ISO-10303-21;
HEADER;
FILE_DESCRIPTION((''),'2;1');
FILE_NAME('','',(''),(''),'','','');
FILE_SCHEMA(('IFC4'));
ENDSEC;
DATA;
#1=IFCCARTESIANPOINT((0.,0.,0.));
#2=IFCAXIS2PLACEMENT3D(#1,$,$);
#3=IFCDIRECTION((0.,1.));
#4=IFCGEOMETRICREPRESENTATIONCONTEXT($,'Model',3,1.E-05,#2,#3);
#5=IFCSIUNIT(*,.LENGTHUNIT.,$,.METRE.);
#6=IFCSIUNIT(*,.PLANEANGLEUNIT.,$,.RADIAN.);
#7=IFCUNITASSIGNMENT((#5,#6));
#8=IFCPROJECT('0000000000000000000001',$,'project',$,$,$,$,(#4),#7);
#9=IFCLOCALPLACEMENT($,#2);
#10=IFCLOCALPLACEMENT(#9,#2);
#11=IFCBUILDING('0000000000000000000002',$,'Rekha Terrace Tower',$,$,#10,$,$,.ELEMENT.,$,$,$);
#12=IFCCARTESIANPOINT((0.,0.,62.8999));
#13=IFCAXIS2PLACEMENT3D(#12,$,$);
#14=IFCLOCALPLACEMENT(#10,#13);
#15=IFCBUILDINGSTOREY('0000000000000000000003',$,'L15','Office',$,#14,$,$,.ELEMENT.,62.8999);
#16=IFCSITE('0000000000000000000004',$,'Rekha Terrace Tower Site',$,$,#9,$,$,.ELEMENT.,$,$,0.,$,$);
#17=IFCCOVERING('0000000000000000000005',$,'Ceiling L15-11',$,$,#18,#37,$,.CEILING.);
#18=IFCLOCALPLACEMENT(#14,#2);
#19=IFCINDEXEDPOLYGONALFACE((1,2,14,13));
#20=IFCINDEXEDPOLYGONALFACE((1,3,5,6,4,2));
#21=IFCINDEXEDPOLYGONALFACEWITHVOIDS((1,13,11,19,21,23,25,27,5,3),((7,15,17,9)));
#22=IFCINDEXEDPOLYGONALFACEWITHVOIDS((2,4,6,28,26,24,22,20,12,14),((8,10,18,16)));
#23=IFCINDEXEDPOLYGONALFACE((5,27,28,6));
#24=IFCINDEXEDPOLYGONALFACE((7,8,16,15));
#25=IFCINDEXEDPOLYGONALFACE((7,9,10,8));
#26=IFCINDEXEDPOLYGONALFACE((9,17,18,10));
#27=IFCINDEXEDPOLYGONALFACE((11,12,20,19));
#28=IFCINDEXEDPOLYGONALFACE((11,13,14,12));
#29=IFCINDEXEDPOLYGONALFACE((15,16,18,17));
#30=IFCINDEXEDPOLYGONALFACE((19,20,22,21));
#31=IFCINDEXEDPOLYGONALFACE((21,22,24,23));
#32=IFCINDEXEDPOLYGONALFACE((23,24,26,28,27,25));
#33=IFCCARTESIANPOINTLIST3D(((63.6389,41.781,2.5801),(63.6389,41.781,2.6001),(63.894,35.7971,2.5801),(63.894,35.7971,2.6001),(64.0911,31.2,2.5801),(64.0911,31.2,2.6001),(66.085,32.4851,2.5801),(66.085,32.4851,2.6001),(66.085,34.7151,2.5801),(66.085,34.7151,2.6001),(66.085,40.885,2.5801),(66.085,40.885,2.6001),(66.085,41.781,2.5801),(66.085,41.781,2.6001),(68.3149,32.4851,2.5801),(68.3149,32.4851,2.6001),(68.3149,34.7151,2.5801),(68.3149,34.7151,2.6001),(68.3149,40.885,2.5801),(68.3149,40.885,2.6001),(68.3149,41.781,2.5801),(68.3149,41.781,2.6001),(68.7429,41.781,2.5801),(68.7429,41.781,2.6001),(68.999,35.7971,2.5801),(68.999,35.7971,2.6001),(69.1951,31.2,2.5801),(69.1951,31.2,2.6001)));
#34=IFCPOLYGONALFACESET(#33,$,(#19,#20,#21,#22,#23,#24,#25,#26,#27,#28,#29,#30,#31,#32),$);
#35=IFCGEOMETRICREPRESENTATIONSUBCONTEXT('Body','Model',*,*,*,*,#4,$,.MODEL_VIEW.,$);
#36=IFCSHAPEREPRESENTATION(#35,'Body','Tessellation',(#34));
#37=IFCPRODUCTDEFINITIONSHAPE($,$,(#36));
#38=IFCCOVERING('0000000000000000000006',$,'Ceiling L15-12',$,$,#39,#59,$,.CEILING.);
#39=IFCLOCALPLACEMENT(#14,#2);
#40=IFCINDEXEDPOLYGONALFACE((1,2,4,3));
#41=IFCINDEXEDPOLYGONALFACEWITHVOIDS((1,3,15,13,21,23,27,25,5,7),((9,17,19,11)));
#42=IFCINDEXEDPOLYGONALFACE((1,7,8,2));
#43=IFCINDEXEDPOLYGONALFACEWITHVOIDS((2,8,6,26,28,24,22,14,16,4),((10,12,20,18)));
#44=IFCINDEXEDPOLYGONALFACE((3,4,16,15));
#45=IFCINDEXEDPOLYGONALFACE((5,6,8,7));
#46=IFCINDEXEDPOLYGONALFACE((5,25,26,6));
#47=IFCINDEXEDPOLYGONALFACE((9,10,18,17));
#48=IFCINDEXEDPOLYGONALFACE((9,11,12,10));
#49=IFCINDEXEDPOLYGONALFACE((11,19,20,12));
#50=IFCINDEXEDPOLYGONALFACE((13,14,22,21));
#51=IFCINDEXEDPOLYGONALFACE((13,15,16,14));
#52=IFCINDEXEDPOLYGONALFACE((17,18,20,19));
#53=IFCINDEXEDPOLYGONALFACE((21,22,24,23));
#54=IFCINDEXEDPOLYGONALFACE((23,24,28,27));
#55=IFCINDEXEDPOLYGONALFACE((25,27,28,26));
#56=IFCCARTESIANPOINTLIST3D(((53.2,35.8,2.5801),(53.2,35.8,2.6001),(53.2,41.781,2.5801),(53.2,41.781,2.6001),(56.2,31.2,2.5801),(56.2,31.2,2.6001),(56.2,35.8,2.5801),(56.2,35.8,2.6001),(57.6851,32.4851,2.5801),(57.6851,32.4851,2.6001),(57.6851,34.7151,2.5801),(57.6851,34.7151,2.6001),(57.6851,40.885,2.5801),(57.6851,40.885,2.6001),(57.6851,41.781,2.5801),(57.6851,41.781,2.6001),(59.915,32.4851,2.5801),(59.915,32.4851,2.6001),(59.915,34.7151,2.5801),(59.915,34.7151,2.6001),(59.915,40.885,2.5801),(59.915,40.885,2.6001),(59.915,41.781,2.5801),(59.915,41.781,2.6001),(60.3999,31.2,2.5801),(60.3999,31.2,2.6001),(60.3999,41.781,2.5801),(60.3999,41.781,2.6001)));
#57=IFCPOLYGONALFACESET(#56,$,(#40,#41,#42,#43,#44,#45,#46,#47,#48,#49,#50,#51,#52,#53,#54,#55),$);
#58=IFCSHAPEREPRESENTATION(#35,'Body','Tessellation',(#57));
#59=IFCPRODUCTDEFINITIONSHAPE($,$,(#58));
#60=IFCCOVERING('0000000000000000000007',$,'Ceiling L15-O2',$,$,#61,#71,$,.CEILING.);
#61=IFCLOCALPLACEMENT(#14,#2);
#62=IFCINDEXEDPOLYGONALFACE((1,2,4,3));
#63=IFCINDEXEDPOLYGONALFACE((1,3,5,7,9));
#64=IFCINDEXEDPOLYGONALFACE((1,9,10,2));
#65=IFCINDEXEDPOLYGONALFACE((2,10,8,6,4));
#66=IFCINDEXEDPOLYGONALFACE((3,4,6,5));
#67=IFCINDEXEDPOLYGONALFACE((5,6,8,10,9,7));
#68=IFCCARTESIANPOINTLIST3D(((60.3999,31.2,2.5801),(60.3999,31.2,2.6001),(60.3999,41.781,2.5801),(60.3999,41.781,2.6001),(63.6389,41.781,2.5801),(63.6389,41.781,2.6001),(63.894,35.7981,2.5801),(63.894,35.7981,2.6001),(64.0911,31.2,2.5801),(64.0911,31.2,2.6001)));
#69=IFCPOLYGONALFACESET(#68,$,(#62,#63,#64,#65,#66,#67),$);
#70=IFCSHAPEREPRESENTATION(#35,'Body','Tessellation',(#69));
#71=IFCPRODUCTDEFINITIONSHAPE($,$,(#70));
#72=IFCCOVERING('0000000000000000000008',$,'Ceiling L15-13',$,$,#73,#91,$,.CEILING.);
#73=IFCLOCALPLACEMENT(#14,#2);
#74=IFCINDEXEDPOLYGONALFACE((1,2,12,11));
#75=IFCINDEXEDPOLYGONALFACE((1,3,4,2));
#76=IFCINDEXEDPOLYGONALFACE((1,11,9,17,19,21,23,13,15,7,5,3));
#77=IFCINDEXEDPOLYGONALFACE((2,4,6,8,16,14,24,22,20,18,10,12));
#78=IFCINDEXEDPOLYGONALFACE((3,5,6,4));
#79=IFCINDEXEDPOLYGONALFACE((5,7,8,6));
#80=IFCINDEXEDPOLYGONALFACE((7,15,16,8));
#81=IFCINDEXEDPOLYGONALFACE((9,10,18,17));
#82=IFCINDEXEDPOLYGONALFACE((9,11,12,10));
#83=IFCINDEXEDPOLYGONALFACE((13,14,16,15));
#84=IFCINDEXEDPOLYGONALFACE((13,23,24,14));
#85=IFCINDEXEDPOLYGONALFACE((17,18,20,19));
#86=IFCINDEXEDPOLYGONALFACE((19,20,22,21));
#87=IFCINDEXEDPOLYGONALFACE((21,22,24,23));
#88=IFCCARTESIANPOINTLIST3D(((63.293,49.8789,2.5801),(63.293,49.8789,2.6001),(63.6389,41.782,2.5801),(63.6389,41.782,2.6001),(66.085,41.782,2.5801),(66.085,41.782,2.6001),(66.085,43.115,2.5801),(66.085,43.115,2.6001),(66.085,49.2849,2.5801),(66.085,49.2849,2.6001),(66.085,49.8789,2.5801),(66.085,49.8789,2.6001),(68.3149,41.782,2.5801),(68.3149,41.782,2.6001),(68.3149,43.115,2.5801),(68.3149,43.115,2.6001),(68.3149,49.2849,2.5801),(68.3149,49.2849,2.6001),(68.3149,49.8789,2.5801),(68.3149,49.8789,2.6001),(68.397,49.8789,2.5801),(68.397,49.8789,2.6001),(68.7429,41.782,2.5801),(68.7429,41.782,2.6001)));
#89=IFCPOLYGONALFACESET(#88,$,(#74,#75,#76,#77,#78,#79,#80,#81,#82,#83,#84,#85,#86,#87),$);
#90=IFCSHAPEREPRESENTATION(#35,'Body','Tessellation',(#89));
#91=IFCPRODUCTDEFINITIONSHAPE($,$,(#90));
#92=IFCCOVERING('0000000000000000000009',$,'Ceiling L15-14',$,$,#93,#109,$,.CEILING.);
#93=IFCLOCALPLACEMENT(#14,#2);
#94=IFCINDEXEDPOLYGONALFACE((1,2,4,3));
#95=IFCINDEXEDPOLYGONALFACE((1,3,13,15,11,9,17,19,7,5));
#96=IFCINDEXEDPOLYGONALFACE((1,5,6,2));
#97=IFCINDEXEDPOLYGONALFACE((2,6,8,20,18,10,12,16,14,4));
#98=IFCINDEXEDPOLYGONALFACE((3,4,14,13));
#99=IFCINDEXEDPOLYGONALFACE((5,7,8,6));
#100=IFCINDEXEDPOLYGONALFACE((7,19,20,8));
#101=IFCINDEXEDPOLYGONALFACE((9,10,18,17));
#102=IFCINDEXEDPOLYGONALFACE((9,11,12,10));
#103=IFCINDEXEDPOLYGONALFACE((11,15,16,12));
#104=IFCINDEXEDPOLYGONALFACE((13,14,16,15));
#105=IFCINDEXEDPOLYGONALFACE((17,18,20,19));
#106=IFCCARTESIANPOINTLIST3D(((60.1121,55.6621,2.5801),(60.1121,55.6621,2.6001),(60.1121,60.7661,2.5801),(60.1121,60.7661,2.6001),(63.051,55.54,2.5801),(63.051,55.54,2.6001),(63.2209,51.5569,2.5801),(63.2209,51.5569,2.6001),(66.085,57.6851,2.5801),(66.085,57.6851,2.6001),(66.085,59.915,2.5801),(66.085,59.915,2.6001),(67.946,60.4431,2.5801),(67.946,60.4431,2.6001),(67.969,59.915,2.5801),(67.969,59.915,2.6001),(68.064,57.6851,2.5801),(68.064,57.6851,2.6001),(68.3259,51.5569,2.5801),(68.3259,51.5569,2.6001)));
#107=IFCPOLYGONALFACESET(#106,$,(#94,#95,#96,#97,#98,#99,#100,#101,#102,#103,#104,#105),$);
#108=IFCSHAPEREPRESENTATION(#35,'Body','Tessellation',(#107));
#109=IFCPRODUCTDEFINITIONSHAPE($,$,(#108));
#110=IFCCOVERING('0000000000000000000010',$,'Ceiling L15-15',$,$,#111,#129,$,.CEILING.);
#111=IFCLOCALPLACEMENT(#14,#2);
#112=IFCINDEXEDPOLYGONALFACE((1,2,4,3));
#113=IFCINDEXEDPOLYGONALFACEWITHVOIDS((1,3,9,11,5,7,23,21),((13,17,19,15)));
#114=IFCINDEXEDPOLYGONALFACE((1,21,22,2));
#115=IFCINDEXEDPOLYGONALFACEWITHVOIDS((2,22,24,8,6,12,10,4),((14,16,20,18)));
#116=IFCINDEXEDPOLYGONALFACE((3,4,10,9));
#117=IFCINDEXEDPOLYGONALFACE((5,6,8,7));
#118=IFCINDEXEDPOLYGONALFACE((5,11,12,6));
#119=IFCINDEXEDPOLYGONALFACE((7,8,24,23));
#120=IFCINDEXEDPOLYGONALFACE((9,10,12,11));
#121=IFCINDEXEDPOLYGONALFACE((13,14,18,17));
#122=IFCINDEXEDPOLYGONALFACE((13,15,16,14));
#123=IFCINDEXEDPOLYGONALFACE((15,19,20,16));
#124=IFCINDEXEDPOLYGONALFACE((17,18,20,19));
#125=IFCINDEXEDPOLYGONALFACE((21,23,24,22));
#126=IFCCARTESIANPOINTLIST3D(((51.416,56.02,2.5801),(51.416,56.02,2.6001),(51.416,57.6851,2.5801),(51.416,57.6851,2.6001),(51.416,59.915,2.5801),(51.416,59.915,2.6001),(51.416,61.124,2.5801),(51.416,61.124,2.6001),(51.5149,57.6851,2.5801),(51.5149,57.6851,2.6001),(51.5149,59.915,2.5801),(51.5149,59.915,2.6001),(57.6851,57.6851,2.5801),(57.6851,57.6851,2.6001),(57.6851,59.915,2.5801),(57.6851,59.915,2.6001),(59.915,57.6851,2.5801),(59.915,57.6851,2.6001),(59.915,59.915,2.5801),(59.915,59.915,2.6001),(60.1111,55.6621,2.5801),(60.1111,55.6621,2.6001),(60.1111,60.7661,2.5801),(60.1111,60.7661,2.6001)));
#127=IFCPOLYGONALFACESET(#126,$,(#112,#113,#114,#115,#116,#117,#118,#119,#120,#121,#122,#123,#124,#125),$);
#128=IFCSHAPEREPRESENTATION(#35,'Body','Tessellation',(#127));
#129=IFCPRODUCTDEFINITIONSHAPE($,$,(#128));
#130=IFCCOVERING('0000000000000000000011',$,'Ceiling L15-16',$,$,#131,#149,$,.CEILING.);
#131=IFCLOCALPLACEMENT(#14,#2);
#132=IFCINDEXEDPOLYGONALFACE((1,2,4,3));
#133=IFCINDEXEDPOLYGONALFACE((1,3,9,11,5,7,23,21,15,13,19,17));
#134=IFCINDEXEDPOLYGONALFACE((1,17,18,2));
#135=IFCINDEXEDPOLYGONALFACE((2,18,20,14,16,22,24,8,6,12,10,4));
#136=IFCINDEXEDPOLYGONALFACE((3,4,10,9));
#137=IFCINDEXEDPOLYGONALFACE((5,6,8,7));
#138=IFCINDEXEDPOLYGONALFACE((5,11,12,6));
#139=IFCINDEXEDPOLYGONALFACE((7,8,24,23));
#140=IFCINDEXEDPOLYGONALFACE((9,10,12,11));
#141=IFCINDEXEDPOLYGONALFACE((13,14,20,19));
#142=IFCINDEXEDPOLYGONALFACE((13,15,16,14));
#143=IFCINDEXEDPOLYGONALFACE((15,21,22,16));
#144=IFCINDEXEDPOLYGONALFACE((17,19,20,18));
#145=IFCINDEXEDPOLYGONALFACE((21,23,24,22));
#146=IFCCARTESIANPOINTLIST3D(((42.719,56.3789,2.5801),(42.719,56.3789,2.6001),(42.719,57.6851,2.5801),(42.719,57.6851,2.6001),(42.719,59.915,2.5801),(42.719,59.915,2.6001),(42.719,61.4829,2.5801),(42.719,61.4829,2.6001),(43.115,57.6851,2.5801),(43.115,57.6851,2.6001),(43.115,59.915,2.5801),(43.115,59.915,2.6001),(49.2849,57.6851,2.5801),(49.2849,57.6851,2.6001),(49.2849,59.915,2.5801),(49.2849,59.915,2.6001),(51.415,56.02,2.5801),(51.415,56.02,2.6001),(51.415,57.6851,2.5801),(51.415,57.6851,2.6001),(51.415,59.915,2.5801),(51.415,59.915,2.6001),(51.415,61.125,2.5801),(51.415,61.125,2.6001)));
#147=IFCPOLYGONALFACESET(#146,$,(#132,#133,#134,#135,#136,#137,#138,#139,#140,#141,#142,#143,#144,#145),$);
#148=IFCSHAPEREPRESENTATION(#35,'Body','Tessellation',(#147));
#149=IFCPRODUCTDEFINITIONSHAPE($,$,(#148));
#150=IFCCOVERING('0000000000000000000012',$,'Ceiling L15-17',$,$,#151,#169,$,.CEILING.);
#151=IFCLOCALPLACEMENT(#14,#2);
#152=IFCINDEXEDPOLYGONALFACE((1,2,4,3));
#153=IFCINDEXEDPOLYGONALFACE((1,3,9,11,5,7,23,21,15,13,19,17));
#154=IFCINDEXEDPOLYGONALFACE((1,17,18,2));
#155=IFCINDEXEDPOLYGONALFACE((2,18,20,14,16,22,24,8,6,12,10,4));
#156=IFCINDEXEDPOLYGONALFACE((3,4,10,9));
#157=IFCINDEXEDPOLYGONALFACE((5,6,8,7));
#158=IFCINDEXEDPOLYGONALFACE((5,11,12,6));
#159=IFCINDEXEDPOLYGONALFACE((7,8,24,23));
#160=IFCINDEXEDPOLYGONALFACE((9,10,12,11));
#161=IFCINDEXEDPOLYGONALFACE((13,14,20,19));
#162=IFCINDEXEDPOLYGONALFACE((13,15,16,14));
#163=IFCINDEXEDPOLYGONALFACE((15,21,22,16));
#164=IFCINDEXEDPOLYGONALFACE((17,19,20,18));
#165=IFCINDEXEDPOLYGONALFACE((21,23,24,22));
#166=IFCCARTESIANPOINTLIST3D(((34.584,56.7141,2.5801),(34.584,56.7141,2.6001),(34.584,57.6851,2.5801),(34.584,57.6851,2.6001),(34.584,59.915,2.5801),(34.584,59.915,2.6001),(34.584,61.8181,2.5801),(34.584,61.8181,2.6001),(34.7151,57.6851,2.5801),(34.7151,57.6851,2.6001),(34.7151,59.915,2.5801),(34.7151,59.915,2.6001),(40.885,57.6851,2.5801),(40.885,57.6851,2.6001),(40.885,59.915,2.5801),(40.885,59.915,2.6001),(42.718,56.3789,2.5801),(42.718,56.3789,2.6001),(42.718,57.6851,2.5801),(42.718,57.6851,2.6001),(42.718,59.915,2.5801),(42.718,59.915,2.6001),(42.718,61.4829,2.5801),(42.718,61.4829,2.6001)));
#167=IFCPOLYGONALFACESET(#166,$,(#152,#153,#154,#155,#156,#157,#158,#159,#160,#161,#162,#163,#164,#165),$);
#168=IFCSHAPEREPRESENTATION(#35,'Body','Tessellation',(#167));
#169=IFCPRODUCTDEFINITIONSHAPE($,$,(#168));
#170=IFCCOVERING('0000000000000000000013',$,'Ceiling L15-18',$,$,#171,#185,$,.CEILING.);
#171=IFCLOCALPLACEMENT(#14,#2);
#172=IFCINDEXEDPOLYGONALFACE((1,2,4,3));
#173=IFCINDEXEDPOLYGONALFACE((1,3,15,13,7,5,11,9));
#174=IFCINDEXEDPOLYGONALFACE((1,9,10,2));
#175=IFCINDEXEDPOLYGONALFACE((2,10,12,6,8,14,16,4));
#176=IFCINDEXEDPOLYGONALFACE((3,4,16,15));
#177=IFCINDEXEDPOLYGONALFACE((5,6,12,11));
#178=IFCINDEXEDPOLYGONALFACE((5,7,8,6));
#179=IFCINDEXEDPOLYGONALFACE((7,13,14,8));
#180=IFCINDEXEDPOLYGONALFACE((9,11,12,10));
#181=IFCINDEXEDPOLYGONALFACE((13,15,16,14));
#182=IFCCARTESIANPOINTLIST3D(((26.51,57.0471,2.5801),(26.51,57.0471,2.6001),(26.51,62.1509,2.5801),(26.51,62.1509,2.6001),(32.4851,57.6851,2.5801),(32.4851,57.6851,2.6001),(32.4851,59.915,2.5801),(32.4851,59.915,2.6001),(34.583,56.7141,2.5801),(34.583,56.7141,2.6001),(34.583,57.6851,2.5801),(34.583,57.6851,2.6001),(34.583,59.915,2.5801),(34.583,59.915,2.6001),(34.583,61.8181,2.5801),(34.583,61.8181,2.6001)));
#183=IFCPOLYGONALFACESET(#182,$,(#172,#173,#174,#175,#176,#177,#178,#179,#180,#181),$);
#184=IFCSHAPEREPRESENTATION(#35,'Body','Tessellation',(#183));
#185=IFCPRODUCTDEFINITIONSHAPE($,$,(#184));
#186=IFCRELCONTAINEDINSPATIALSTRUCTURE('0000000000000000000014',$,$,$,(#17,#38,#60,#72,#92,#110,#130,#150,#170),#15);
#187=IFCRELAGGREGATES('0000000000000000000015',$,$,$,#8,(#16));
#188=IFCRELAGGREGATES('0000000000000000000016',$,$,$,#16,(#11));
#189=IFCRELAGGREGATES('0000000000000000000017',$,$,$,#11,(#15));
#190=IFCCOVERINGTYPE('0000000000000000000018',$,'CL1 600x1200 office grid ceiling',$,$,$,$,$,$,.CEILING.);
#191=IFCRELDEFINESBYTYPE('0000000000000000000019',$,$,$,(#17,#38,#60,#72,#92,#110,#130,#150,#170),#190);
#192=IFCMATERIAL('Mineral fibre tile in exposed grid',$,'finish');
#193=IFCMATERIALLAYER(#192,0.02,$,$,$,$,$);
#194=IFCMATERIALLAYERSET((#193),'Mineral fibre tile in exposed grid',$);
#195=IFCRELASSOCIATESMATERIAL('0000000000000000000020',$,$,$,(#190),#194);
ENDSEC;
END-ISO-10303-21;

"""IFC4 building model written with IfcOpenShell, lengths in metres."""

from ifc_helpers import new_model, si_unit, direction, frame, origin, place, context, subcontext, project, spatial, polyline, outline, extrude, material, layer, layer_set, type_object, element, save


model = new_model("IFC4")

# Units and contexts
model_context = context("Model", 3, precision=1e-05, world=origin(), true_north=direction((0.0, 1.0)))
body_context = subcontext(model_context, "Body", "Model", "MODEL_VIEW")
ifc_project = project(units=[si_unit("LENGTHUNIT", "METRE"), si_unit("PLANEANGLEUNIT", "RADIAN")], contexts=[model_context])

# Site, building, storey
site_placement = place(None, origin())
site = spatial("IfcSite", under=ifc_project, at=site_placement, Name="Rekha Terrace Tower Site", CompositionType="ELEMENT", RefElevation=0.0)
building_placement = place(site_placement, origin())
building = spatial("IfcBuilding", under=site, at=building_placement, Name="Rekha Terrace Tower", CompositionType="ELEMENT")
storey_placement = place(building_placement, frame((0.0, 0.0, 62.8999)))
storey = spatial("IfcBuildingStorey", under=building, at=storey_placement, Name="L15", Description="Office", CompositionType="ELEMENT", Elevation=62.8999)

# Coverings
ifc_material_1 = material(Name="Mineral fibre tile in exposed grid", Category="finish")
ifc_layer_1 = layer(ifc_material_1, 0.02)
ifc_layer_set_1 = layer_set([ifc_layer_1], Name="Mineral fibre tile in exposed grid")
covering_type_1 = type_object("IfcCoveringType", Name="CL1 600x1200 office grid ceiling", PredefinedType="CEILING", material=ifc_layer_set_1)
covering_1_placement = place(storey_placement, frame((0.0, 0.0, 2.5801)))
element("IfcCovering", 1, at=covering_1_placement, inside=storey, type_object=covering_type_1, Name="Ceiling L15-11", PredefinedType="CEILING", context=body_context, shape_type="SweptSolid", body=[
    extrude(outline(polyline([(69.1951, 31.2), (68.999, 35.7971), (68.7429, 41.781), (68.3149, 41.781), (68.3149, 40.885), (66.085, 40.885), (66.085, 41.781), (63.6389, 41.781), (63.894, 35.7971), (64.0911, 31.2), (69.1951, 31.2)]), holes=[polyline([(68.3149, 32.4851), (66.085, 32.4851), (66.085, 34.7151), (68.3149, 34.7151), (68.3149, 32.4851)])]), origin(), (0.0, 0.0, 1.0), 0.02),
])
covering_2_placement = place(storey_placement, frame((0.0, 0.0, 2.5801)))
element("IfcCovering", 2, at=covering_2_placement, inside=storey, type_object=covering_type_1, Name="Ceiling L15-12", PredefinedType="CEILING", context=body_context, shape_type="SweptSolid", body=[
    extrude(outline(polyline([(57.6851, 40.885), (57.6851, 41.781), (53.2, 41.781), (53.2, 35.8), (56.2, 35.8), (56.2, 31.2), (60.3999, 31.2), (60.3999, 41.781), (59.915, 41.781), (59.915, 40.885), (57.6851, 40.885)]), holes=[polyline([(59.915, 32.4851), (57.6851, 32.4851), (57.6851, 34.7151), (59.915, 34.7151), (59.915, 32.4851)])]), origin(), (0.0, 0.0, 1.0), 0.02),
])
covering_3_placement = place(storey_placement, frame((0.0, 0.0, 2.5801)))
element("IfcCovering", 3, at=covering_3_placement, inside=storey, type_object=covering_type_1, Name="Ceiling L15-O2", PredefinedType="CEILING", context=body_context, shape_type="SweptSolid", body=[
    extrude(outline(polyline([(64.0911, 31.2), (63.894, 35.7981), (63.6389, 41.781), (60.3999, 41.781), (60.3999, 31.2), (64.0911, 31.2)])), origin(), (0.0, 0.0, 1.0), 0.02),
])
covering_4_placement = place(storey_placement, frame((0.0, 0.0, 2.5801)))
element("IfcCovering", 4, at=covering_4_placement, inside=storey, type_object=covering_type_1, Name="Ceiling L15-13", PredefinedType="CEILING", context=body_context, shape_type="SweptSolid", body=[
    extrude(outline(polyline([(66.085, 49.2849), (66.085, 49.8789), (63.293, 49.8789), (63.6389, 41.782), (66.085, 41.782), (66.085, 43.115), (68.3149, 43.115), (68.3149, 41.782), (68.7429, 41.782), (68.397, 49.8789), (68.3149, 49.8789), (68.3149, 49.2849), (66.085, 49.2849)])), origin(), (0.0, 0.0, 1.0), 0.02),
])
covering_5_placement = place(storey_placement, frame((0.0, 0.0, 2.5801)))
element("IfcCovering", 5, at=covering_5_placement, inside=storey, type_object=covering_type_1, Name="Ceiling L15-14", PredefinedType="CEILING", context=body_context, shape_type="SweptSolid", body=[
    extrude(outline(polyline([(67.946, 60.4431), (60.1121, 60.7661), (60.1121, 55.6621), (63.051, 55.54), (63.2209, 51.5569), (68.3259, 51.5569), (68.064, 57.6851), (66.085, 57.6851), (66.085, 59.915), (67.969, 59.915), (67.946, 60.4431)])), origin(), (0.0, 0.0, 1.0), 0.02),
])
covering_6_placement = place(storey_placement, frame((0.0, 0.0, 2.5801)))
element("IfcCovering", 6, at=covering_6_placement, inside=storey, type_object=covering_type_1, Name="Ceiling L15-15", PredefinedType="CEILING", context=body_context, shape_type="SweptSolid", body=[
    extrude(outline(polyline([(60.1111, 55.6621), (60.1111, 60.7661), (51.416, 61.124), (51.416, 59.915), (51.5149, 59.915), (51.5149, 57.6851), (51.416, 57.6851), (51.416, 56.02), (60.1111, 55.6621)]), holes=[polyline([(59.915, 57.6851), (57.6851, 57.6851), (57.6851, 59.915), (59.915, 59.915), (59.915, 57.6851)])]), origin(), (0.0, 0.0, 1.0), 0.02),
])
covering_7_placement = place(storey_placement, frame((0.0, 0.0, 2.5801)))
element("IfcCovering", 7, at=covering_7_placement, inside=storey, type_object=covering_type_1, Name="Ceiling L15-16", PredefinedType="CEILING", context=body_context, shape_type="SweptSolid", body=[
    extrude(outline(polyline([(51.415, 59.915), (51.415, 61.125), (42.719, 61.4829), (42.719, 59.915), (43.115, 59.915), (43.115, 57.6851), (42.719, 57.6851), (42.719, 56.3789), (51.415, 56.02), (51.415, 57.6851), (49.2849, 57.6851), (49.2849, 59.915), (51.415, 59.915)])), origin(), (0.0, 0.0, 1.0), 0.02),
])
covering_8_placement = place(storey_placement, frame((0.0, 0.0, 2.5801)))
element("IfcCovering", 8, at=covering_8_placement, inside=storey, type_object=covering_type_1, Name="Ceiling L15-17", PredefinedType="CEILING", context=body_context, shape_type="SweptSolid", body=[
    extrude(outline(polyline([(42.718, 59.915), (42.718, 61.4829), (34.584, 61.8181), (34.584, 59.915), (34.7151, 59.915), (34.7151, 57.6851), (34.584, 57.6851), (34.584, 56.7141), (42.718, 56.3789), (42.718, 57.6851), (40.885, 57.6851), (40.885, 59.915), (42.718, 59.915)])), origin(), (0.0, 0.0, 1.0), 0.02),
])
covering_9_placement = place(storey_placement, frame((0.0, 0.0, 2.5801)))
element("IfcCovering", 9, at=covering_9_placement, inside=storey, type_object=covering_type_1, Name="Ceiling L15-18", PredefinedType="CEILING", context=body_context, shape_type="SweptSolid", body=[
    extrude(outline(polyline([(34.583, 59.915), (34.583, 61.8181), (26.51, 62.1509), (26.51, 57.0471), (34.583, 56.7141), (34.583, 57.6851), (32.4851, 57.6851), (32.4851, 59.915), (34.583, 59.915)])), origin(), (0.0, 0.0, 1.0), 0.02),
])

save(model, "model.ifc")
